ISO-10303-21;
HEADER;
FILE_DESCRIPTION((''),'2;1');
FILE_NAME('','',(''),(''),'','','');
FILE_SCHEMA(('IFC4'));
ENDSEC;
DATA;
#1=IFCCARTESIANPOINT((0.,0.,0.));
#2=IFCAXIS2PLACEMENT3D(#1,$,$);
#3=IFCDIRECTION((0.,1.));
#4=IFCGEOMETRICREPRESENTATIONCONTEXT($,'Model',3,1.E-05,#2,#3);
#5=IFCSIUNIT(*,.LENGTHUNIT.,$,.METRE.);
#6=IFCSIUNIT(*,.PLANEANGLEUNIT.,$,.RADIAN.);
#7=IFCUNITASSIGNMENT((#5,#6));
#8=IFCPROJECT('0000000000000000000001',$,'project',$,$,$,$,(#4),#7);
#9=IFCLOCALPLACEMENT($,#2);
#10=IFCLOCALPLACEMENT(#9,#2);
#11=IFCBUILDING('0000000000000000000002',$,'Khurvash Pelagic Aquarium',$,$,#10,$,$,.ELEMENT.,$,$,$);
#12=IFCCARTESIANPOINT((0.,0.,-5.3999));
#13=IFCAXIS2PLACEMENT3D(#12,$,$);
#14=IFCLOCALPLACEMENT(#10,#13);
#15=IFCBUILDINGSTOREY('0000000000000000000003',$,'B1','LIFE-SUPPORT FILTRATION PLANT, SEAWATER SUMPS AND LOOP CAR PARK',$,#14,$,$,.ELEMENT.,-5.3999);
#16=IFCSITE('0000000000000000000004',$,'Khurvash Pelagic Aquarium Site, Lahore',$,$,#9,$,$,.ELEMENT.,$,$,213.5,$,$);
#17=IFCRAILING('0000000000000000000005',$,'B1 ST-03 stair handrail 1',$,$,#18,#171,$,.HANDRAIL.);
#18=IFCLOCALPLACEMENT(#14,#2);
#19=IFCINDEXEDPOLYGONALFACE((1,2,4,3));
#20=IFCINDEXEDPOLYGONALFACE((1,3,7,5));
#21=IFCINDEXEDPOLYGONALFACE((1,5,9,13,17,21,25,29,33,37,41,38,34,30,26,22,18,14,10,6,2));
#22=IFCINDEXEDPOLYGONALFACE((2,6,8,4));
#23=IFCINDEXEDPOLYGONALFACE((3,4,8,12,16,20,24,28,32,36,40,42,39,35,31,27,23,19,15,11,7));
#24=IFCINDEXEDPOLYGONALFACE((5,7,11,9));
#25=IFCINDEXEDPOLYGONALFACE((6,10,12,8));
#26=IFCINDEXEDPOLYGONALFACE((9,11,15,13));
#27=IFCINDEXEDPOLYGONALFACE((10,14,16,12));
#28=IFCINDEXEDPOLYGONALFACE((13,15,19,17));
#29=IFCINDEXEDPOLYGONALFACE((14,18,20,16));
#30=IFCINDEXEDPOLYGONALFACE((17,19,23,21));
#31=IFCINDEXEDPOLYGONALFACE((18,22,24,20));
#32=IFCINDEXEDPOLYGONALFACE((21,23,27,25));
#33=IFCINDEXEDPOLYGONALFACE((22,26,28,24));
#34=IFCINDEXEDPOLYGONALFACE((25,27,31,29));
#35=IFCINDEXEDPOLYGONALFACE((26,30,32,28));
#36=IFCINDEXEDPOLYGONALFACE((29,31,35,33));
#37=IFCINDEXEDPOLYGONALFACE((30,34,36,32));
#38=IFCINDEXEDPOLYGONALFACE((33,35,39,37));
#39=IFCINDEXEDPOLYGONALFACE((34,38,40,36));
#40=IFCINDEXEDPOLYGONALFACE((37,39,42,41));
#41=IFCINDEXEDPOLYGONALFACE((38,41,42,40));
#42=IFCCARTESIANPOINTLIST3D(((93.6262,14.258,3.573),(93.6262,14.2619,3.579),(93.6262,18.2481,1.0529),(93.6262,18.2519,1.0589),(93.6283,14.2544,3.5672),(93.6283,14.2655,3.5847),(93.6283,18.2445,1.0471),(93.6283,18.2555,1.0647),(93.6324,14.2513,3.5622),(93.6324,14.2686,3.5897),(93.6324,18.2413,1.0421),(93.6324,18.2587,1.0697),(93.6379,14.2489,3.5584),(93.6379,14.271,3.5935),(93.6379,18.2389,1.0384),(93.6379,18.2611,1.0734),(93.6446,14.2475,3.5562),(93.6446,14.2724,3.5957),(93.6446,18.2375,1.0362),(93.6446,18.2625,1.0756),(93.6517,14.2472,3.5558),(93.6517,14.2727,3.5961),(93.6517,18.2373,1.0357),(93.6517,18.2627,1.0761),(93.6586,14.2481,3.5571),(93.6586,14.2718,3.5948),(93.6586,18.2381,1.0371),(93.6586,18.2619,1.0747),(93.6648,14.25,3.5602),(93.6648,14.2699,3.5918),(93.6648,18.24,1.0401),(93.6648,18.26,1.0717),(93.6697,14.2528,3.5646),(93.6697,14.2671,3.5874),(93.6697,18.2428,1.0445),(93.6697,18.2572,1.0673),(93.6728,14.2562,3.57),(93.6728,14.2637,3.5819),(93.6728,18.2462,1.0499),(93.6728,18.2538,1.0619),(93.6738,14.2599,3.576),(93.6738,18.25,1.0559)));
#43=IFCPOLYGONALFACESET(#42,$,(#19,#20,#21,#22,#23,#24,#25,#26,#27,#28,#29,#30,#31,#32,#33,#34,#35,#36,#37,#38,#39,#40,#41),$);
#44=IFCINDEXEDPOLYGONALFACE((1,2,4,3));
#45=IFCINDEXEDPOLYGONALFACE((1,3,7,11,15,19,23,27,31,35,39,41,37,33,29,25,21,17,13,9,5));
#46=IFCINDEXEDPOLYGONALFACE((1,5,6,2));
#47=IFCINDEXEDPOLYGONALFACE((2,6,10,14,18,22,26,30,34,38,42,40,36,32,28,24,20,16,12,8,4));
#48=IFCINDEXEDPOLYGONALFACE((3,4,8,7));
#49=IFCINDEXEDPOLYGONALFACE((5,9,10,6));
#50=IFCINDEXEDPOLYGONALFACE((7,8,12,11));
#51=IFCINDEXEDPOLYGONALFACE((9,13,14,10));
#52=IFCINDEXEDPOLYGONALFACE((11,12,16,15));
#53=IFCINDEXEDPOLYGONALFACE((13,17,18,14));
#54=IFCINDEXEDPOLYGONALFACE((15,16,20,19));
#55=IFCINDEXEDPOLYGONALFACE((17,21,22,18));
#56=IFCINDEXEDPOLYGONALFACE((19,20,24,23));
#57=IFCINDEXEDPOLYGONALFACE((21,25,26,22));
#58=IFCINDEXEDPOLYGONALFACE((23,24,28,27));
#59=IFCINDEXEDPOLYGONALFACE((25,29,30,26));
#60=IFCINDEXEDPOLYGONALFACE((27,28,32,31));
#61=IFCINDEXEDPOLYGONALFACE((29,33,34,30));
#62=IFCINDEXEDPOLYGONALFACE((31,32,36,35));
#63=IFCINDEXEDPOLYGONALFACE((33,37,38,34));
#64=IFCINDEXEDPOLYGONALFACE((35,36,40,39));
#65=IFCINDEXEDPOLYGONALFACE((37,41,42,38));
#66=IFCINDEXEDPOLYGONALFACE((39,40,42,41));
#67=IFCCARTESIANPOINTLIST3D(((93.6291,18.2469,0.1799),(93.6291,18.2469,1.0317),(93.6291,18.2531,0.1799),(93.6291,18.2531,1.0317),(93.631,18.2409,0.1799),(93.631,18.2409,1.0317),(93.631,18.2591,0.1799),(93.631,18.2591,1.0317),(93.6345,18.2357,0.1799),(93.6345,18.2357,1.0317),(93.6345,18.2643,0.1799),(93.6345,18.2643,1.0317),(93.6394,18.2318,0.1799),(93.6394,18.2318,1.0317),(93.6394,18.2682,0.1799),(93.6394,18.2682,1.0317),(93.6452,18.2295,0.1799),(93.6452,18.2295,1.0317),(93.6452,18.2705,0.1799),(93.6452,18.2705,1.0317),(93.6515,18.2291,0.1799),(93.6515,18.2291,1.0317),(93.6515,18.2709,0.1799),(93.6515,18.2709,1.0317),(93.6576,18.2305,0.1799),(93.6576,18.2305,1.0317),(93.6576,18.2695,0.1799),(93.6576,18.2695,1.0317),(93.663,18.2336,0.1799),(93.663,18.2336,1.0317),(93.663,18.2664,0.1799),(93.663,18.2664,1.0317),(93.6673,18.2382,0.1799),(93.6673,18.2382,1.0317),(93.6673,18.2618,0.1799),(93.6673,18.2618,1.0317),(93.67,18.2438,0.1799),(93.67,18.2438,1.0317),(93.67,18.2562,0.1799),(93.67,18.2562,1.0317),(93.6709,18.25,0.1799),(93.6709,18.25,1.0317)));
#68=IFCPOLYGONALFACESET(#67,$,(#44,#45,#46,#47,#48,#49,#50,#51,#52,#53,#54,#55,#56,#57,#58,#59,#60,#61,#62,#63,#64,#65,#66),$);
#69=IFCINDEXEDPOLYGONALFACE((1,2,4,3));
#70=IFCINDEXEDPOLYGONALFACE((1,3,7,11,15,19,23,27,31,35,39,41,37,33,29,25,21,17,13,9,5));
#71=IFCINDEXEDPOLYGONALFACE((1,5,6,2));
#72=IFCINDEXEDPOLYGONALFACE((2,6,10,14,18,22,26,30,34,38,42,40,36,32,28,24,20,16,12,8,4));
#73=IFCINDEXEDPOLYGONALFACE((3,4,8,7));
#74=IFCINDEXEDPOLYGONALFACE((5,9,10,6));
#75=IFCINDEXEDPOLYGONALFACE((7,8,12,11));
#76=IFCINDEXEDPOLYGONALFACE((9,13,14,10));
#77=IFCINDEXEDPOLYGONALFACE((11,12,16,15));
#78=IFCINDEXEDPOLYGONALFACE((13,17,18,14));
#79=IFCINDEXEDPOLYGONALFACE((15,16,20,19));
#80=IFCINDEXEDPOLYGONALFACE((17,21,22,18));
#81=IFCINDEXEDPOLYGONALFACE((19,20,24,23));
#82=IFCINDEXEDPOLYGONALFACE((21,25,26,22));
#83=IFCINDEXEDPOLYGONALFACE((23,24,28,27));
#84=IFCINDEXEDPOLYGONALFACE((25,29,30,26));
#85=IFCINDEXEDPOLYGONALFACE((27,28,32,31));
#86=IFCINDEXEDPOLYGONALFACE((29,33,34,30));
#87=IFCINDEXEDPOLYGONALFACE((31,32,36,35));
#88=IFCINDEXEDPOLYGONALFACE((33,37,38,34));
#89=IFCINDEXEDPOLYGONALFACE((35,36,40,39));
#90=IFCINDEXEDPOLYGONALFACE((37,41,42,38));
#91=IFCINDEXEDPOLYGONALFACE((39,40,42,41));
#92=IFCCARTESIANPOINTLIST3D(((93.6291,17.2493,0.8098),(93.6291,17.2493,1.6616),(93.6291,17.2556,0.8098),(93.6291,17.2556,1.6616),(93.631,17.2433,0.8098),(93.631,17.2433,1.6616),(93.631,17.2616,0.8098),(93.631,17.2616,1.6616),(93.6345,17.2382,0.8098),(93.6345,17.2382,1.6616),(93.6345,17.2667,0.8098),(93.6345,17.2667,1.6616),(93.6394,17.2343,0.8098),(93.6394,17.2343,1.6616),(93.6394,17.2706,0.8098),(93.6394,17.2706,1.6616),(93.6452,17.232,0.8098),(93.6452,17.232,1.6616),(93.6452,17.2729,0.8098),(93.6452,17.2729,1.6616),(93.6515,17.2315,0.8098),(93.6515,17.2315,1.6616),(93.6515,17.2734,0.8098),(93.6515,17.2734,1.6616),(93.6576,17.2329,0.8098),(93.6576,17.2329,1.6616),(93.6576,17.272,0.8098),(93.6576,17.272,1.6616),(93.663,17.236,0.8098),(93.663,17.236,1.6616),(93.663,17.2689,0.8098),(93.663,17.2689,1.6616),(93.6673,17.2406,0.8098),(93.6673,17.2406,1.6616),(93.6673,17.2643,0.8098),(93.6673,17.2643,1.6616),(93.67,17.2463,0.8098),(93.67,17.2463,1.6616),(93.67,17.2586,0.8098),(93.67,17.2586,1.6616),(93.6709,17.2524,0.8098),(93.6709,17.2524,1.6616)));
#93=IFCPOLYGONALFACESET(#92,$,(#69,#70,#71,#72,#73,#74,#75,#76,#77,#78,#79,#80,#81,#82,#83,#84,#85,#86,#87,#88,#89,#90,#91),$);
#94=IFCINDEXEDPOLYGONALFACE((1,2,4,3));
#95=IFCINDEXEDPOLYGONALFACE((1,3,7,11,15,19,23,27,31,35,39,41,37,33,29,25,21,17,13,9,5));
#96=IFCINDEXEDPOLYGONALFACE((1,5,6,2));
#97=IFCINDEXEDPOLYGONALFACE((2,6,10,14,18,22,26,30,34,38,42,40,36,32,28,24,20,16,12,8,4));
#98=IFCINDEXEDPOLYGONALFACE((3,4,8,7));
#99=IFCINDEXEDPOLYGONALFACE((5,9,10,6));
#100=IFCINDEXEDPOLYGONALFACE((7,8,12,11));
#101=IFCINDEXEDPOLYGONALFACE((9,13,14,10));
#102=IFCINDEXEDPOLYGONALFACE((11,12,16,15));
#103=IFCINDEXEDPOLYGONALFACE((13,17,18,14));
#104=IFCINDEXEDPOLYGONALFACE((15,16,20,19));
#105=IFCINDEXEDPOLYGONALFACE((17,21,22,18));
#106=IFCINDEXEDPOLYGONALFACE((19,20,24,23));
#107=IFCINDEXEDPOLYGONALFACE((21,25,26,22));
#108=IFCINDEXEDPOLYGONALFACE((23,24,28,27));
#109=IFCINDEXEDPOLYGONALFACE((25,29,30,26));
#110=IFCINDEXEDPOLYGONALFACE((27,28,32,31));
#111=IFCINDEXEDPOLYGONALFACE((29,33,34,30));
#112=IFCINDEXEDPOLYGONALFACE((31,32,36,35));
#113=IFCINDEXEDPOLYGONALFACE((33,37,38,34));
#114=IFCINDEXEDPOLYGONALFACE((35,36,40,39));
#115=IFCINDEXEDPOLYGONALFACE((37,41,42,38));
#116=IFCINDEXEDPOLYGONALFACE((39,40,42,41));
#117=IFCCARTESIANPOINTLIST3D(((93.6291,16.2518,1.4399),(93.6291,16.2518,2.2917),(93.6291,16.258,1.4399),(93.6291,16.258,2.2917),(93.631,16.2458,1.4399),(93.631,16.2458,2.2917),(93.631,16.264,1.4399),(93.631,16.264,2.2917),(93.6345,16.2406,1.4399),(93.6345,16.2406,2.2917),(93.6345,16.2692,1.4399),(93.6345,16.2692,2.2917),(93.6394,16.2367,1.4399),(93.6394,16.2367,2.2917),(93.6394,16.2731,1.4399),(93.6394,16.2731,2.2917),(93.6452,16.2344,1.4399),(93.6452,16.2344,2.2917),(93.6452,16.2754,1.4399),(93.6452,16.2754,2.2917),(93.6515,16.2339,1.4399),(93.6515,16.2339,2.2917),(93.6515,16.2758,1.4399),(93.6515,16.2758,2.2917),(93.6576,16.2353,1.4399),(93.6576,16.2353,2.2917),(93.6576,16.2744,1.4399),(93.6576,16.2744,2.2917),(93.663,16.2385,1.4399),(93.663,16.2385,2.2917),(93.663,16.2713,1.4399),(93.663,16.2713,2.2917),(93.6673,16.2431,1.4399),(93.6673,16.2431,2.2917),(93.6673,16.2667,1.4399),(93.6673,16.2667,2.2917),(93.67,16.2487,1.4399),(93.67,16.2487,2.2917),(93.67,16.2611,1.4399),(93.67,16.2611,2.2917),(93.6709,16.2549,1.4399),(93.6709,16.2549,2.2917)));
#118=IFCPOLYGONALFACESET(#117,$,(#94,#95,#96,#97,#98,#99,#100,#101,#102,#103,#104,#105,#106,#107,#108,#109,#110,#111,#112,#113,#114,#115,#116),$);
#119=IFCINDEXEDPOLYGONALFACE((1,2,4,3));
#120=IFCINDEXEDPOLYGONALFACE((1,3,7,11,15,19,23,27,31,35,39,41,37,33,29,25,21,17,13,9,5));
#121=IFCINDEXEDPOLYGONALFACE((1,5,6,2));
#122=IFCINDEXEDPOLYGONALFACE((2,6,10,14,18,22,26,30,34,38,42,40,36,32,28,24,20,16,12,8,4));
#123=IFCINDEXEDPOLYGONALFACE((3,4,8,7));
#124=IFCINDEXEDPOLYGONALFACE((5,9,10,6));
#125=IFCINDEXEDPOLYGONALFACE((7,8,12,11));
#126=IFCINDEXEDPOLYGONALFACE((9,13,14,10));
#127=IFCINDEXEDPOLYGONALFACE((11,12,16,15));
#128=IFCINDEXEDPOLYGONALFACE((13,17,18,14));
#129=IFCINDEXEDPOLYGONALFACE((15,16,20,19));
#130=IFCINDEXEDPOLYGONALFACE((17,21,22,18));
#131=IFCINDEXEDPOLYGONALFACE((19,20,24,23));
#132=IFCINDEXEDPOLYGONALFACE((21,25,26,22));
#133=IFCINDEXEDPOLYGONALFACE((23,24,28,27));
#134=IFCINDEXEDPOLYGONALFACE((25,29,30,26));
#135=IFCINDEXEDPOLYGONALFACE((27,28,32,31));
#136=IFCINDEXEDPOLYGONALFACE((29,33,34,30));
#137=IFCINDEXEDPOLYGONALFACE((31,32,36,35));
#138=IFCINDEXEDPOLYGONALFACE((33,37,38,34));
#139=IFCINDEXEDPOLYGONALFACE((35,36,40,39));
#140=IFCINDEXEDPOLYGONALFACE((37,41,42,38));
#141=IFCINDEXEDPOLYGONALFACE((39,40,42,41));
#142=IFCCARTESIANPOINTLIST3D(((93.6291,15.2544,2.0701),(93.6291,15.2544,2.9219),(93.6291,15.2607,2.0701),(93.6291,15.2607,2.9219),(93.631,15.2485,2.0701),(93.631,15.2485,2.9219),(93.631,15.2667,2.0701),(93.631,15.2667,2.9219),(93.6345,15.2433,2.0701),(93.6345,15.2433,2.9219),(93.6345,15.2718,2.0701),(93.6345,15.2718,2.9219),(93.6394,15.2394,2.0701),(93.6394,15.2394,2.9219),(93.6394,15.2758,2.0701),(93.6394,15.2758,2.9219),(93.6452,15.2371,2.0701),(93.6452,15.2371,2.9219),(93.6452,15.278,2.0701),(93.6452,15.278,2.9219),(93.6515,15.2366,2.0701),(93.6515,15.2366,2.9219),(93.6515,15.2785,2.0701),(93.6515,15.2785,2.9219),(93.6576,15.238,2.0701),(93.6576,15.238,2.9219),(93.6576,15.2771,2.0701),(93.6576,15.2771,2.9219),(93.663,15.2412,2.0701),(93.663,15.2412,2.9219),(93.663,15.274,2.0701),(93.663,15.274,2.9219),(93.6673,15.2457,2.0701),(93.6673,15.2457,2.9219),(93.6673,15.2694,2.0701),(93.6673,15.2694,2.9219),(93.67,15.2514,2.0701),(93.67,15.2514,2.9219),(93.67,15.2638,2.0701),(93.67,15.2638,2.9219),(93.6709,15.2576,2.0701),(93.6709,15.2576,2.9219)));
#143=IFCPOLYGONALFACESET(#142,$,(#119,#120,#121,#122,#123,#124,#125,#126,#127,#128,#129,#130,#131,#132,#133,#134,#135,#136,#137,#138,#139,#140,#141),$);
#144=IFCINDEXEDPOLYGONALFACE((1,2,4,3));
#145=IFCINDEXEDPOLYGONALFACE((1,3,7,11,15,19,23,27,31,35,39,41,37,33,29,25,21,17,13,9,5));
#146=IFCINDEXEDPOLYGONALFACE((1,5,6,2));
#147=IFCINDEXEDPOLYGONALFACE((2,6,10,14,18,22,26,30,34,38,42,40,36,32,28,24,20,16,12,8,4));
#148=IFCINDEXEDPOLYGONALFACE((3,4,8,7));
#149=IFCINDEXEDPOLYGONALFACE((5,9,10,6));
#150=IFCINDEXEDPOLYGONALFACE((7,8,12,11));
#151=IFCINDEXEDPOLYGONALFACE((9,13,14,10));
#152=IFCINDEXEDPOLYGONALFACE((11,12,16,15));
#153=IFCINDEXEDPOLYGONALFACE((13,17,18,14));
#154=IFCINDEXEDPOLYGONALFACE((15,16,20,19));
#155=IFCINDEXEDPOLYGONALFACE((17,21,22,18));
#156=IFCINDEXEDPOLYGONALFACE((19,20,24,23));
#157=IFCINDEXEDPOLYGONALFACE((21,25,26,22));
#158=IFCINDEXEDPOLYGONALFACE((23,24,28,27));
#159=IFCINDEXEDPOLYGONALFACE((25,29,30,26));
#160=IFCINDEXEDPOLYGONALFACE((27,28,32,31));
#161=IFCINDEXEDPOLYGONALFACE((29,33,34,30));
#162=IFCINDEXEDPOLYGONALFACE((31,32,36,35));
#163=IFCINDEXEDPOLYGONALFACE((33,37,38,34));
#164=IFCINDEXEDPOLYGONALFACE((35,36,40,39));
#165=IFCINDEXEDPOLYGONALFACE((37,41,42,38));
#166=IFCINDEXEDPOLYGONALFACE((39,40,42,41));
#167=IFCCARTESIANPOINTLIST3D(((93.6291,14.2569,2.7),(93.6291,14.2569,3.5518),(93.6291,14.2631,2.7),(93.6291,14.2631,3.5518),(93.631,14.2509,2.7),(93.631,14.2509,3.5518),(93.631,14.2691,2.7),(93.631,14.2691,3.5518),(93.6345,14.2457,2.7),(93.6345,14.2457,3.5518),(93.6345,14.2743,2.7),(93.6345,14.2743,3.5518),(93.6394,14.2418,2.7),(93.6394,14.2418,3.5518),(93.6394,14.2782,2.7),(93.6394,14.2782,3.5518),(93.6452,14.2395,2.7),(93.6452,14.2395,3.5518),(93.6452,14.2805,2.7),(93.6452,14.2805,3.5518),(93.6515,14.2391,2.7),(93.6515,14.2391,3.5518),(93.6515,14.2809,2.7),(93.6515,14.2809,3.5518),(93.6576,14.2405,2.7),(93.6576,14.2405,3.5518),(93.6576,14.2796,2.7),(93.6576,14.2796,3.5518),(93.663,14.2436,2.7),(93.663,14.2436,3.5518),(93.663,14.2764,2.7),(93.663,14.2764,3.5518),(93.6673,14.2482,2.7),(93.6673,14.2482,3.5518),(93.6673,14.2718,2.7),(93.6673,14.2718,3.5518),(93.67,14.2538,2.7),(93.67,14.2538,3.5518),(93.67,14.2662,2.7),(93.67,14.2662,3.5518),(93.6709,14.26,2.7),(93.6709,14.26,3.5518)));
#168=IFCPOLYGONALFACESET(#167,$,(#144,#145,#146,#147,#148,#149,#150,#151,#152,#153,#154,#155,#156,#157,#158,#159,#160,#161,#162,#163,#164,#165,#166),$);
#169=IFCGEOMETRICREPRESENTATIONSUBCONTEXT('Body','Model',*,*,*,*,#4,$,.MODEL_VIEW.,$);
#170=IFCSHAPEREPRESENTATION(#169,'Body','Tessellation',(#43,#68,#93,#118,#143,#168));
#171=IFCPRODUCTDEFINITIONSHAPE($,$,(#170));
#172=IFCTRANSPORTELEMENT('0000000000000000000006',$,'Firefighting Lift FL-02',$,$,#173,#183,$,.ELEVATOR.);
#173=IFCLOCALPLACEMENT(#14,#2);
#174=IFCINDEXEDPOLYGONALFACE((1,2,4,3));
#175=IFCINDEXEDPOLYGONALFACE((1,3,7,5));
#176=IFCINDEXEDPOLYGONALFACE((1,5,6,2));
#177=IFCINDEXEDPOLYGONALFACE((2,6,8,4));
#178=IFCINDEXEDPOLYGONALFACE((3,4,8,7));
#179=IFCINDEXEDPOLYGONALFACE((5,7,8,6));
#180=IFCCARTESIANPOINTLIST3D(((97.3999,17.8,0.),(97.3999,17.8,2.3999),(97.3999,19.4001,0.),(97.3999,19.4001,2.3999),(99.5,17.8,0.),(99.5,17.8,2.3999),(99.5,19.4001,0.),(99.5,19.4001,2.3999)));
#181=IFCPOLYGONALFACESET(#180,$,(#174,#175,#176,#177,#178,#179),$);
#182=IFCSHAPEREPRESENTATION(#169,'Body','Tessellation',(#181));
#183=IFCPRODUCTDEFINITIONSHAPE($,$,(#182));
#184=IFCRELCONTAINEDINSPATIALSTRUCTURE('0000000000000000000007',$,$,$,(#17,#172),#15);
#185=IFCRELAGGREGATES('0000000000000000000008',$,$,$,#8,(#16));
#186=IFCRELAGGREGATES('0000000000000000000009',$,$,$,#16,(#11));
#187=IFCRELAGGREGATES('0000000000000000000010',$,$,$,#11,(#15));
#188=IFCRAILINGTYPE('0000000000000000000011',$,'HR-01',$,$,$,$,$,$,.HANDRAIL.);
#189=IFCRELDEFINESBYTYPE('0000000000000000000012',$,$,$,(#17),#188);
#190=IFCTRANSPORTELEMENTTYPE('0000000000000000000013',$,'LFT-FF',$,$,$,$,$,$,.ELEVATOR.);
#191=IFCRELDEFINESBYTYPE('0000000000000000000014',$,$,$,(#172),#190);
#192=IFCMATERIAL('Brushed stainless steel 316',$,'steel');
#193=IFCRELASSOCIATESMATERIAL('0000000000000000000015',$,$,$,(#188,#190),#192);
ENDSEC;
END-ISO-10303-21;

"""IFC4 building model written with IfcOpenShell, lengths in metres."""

from ifc_helpers import new_model, si_unit, direction, frame, origin, origin_2d, place, context, subcontext, project, spatial, rectangle, circle, extrude, material, type_object, element, save


model = new_model("IFC4")

# Units and contexts
model_context = context("Model", 3, precision=1e-05, world=origin(), true_north=direction((0.0, 1.0)))
body_context = subcontext(model_context, "Body", "Model", "MODEL_VIEW")
ifc_project = project(units=[si_unit("LENGTHUNIT", "METRE"), si_unit("PLANEANGLEUNIT", "RADIAN")], contexts=[model_context])

# Site, building, storey
site_placement = place(None, origin())
site = spatial("IfcSite", under=ifc_project, at=site_placement, Name="Khurvash Pelagic Aquarium Site, Lahore", CompositionType="ELEMENT", RefElevation=213.5)
building_placement = place(site_placement, origin())
building = spatial("IfcBuilding", under=site, at=building_placement, Name="Khurvash Pelagic Aquarium", CompositionType="ELEMENT")
storey_placement = place(building_placement, frame((0.0, 0.0, -5.3999)))
storey = spatial("IfcBuildingStorey", under=building, at=storey_placement, Name="B1", Description="LIFE-SUPPORT FILTRATION PLANT, SEAWATER SUMPS AND LOOP CAR PARK", CompositionType="ELEMENT", Elevation=-5.3999)

# Railing
ifc_material_1 = material(Name="Brushed stainless steel 316", Category="steel")
railing_type_1 = type_object("IfcRailingType", Name="HR-01", PredefinedType="HANDRAIL", material=ifc_material_1)
railing_1_placement = place(storey_placement, frame((93.6499, 18.25, 0.1799)))
element("IfcRailing", 1, at=railing_1_placement, inside=storey, type_object=railing_type_1, Name="B1 ST-03 stair handrail 1", PredefinedType="HANDRAIL", context=body_context, shape_type="SweptSolid", body=[
    extrude(circle(Radius=0.0239, at=origin_2d()), frame((0.0, 0.0, 0.876), z_axis=(0.0, -0.845486, 0.533997), x_axis=(1.0, 0.0, 0.0)), (0.0, 0.0, 1.0), 4.7192),
    extrude(circle(Radius=0.021, at=origin_2d()), origin(), (0.0, 0.0, 1.0), 0.8518),
    extrude(circle(Radius=0.021, at=origin_2d()), frame((0.0, -0.9976, 0.6299)), (0.0, 0.0, 1.0), 0.8518),
    extrude(circle(Radius=0.021, at=origin_2d()), frame((0.0, -1.9951, 1.26)), (0.0, 0.0, 1.0), 0.8518),
    extrude(circle(Radius=0.021, at=origin_2d()), frame((0.0, -2.9924, 1.8901)), (0.0, 0.0, 1.0), 0.8518),
    extrude(circle(Radius=0.021, at=origin_2d()), frame((0.0, -3.99, 2.52)), (0.0, 0.0, 1.0), 0.8518),
])

# Transport element
transport_element_type = type_object("IfcTransportElementType", Name="LFT-FF", PredefinedType="ELEVATOR", material=ifc_material_1)
transport_element_placement = place(storey_placement, frame((98.45, 18.6001, 0.0), z_axis=(0.0, 0.0, 1.0), x_axis=(1.0, 0.0, 0.0)))
element("IfcTransportElement", 2, at=transport_element_placement, inside=storey, type_object=transport_element_type, Name="Firefighting Lift FL-02", PredefinedType="ELEVATOR", context=body_context, shape_type="SweptSolid", body=[
    extrude(rectangle(XDim=2.1001, YDim=1.6001, at=origin_2d()), origin(), (0.0, 0.0, 1.0), 2.3999),
])

save(model, "model.ifc")
